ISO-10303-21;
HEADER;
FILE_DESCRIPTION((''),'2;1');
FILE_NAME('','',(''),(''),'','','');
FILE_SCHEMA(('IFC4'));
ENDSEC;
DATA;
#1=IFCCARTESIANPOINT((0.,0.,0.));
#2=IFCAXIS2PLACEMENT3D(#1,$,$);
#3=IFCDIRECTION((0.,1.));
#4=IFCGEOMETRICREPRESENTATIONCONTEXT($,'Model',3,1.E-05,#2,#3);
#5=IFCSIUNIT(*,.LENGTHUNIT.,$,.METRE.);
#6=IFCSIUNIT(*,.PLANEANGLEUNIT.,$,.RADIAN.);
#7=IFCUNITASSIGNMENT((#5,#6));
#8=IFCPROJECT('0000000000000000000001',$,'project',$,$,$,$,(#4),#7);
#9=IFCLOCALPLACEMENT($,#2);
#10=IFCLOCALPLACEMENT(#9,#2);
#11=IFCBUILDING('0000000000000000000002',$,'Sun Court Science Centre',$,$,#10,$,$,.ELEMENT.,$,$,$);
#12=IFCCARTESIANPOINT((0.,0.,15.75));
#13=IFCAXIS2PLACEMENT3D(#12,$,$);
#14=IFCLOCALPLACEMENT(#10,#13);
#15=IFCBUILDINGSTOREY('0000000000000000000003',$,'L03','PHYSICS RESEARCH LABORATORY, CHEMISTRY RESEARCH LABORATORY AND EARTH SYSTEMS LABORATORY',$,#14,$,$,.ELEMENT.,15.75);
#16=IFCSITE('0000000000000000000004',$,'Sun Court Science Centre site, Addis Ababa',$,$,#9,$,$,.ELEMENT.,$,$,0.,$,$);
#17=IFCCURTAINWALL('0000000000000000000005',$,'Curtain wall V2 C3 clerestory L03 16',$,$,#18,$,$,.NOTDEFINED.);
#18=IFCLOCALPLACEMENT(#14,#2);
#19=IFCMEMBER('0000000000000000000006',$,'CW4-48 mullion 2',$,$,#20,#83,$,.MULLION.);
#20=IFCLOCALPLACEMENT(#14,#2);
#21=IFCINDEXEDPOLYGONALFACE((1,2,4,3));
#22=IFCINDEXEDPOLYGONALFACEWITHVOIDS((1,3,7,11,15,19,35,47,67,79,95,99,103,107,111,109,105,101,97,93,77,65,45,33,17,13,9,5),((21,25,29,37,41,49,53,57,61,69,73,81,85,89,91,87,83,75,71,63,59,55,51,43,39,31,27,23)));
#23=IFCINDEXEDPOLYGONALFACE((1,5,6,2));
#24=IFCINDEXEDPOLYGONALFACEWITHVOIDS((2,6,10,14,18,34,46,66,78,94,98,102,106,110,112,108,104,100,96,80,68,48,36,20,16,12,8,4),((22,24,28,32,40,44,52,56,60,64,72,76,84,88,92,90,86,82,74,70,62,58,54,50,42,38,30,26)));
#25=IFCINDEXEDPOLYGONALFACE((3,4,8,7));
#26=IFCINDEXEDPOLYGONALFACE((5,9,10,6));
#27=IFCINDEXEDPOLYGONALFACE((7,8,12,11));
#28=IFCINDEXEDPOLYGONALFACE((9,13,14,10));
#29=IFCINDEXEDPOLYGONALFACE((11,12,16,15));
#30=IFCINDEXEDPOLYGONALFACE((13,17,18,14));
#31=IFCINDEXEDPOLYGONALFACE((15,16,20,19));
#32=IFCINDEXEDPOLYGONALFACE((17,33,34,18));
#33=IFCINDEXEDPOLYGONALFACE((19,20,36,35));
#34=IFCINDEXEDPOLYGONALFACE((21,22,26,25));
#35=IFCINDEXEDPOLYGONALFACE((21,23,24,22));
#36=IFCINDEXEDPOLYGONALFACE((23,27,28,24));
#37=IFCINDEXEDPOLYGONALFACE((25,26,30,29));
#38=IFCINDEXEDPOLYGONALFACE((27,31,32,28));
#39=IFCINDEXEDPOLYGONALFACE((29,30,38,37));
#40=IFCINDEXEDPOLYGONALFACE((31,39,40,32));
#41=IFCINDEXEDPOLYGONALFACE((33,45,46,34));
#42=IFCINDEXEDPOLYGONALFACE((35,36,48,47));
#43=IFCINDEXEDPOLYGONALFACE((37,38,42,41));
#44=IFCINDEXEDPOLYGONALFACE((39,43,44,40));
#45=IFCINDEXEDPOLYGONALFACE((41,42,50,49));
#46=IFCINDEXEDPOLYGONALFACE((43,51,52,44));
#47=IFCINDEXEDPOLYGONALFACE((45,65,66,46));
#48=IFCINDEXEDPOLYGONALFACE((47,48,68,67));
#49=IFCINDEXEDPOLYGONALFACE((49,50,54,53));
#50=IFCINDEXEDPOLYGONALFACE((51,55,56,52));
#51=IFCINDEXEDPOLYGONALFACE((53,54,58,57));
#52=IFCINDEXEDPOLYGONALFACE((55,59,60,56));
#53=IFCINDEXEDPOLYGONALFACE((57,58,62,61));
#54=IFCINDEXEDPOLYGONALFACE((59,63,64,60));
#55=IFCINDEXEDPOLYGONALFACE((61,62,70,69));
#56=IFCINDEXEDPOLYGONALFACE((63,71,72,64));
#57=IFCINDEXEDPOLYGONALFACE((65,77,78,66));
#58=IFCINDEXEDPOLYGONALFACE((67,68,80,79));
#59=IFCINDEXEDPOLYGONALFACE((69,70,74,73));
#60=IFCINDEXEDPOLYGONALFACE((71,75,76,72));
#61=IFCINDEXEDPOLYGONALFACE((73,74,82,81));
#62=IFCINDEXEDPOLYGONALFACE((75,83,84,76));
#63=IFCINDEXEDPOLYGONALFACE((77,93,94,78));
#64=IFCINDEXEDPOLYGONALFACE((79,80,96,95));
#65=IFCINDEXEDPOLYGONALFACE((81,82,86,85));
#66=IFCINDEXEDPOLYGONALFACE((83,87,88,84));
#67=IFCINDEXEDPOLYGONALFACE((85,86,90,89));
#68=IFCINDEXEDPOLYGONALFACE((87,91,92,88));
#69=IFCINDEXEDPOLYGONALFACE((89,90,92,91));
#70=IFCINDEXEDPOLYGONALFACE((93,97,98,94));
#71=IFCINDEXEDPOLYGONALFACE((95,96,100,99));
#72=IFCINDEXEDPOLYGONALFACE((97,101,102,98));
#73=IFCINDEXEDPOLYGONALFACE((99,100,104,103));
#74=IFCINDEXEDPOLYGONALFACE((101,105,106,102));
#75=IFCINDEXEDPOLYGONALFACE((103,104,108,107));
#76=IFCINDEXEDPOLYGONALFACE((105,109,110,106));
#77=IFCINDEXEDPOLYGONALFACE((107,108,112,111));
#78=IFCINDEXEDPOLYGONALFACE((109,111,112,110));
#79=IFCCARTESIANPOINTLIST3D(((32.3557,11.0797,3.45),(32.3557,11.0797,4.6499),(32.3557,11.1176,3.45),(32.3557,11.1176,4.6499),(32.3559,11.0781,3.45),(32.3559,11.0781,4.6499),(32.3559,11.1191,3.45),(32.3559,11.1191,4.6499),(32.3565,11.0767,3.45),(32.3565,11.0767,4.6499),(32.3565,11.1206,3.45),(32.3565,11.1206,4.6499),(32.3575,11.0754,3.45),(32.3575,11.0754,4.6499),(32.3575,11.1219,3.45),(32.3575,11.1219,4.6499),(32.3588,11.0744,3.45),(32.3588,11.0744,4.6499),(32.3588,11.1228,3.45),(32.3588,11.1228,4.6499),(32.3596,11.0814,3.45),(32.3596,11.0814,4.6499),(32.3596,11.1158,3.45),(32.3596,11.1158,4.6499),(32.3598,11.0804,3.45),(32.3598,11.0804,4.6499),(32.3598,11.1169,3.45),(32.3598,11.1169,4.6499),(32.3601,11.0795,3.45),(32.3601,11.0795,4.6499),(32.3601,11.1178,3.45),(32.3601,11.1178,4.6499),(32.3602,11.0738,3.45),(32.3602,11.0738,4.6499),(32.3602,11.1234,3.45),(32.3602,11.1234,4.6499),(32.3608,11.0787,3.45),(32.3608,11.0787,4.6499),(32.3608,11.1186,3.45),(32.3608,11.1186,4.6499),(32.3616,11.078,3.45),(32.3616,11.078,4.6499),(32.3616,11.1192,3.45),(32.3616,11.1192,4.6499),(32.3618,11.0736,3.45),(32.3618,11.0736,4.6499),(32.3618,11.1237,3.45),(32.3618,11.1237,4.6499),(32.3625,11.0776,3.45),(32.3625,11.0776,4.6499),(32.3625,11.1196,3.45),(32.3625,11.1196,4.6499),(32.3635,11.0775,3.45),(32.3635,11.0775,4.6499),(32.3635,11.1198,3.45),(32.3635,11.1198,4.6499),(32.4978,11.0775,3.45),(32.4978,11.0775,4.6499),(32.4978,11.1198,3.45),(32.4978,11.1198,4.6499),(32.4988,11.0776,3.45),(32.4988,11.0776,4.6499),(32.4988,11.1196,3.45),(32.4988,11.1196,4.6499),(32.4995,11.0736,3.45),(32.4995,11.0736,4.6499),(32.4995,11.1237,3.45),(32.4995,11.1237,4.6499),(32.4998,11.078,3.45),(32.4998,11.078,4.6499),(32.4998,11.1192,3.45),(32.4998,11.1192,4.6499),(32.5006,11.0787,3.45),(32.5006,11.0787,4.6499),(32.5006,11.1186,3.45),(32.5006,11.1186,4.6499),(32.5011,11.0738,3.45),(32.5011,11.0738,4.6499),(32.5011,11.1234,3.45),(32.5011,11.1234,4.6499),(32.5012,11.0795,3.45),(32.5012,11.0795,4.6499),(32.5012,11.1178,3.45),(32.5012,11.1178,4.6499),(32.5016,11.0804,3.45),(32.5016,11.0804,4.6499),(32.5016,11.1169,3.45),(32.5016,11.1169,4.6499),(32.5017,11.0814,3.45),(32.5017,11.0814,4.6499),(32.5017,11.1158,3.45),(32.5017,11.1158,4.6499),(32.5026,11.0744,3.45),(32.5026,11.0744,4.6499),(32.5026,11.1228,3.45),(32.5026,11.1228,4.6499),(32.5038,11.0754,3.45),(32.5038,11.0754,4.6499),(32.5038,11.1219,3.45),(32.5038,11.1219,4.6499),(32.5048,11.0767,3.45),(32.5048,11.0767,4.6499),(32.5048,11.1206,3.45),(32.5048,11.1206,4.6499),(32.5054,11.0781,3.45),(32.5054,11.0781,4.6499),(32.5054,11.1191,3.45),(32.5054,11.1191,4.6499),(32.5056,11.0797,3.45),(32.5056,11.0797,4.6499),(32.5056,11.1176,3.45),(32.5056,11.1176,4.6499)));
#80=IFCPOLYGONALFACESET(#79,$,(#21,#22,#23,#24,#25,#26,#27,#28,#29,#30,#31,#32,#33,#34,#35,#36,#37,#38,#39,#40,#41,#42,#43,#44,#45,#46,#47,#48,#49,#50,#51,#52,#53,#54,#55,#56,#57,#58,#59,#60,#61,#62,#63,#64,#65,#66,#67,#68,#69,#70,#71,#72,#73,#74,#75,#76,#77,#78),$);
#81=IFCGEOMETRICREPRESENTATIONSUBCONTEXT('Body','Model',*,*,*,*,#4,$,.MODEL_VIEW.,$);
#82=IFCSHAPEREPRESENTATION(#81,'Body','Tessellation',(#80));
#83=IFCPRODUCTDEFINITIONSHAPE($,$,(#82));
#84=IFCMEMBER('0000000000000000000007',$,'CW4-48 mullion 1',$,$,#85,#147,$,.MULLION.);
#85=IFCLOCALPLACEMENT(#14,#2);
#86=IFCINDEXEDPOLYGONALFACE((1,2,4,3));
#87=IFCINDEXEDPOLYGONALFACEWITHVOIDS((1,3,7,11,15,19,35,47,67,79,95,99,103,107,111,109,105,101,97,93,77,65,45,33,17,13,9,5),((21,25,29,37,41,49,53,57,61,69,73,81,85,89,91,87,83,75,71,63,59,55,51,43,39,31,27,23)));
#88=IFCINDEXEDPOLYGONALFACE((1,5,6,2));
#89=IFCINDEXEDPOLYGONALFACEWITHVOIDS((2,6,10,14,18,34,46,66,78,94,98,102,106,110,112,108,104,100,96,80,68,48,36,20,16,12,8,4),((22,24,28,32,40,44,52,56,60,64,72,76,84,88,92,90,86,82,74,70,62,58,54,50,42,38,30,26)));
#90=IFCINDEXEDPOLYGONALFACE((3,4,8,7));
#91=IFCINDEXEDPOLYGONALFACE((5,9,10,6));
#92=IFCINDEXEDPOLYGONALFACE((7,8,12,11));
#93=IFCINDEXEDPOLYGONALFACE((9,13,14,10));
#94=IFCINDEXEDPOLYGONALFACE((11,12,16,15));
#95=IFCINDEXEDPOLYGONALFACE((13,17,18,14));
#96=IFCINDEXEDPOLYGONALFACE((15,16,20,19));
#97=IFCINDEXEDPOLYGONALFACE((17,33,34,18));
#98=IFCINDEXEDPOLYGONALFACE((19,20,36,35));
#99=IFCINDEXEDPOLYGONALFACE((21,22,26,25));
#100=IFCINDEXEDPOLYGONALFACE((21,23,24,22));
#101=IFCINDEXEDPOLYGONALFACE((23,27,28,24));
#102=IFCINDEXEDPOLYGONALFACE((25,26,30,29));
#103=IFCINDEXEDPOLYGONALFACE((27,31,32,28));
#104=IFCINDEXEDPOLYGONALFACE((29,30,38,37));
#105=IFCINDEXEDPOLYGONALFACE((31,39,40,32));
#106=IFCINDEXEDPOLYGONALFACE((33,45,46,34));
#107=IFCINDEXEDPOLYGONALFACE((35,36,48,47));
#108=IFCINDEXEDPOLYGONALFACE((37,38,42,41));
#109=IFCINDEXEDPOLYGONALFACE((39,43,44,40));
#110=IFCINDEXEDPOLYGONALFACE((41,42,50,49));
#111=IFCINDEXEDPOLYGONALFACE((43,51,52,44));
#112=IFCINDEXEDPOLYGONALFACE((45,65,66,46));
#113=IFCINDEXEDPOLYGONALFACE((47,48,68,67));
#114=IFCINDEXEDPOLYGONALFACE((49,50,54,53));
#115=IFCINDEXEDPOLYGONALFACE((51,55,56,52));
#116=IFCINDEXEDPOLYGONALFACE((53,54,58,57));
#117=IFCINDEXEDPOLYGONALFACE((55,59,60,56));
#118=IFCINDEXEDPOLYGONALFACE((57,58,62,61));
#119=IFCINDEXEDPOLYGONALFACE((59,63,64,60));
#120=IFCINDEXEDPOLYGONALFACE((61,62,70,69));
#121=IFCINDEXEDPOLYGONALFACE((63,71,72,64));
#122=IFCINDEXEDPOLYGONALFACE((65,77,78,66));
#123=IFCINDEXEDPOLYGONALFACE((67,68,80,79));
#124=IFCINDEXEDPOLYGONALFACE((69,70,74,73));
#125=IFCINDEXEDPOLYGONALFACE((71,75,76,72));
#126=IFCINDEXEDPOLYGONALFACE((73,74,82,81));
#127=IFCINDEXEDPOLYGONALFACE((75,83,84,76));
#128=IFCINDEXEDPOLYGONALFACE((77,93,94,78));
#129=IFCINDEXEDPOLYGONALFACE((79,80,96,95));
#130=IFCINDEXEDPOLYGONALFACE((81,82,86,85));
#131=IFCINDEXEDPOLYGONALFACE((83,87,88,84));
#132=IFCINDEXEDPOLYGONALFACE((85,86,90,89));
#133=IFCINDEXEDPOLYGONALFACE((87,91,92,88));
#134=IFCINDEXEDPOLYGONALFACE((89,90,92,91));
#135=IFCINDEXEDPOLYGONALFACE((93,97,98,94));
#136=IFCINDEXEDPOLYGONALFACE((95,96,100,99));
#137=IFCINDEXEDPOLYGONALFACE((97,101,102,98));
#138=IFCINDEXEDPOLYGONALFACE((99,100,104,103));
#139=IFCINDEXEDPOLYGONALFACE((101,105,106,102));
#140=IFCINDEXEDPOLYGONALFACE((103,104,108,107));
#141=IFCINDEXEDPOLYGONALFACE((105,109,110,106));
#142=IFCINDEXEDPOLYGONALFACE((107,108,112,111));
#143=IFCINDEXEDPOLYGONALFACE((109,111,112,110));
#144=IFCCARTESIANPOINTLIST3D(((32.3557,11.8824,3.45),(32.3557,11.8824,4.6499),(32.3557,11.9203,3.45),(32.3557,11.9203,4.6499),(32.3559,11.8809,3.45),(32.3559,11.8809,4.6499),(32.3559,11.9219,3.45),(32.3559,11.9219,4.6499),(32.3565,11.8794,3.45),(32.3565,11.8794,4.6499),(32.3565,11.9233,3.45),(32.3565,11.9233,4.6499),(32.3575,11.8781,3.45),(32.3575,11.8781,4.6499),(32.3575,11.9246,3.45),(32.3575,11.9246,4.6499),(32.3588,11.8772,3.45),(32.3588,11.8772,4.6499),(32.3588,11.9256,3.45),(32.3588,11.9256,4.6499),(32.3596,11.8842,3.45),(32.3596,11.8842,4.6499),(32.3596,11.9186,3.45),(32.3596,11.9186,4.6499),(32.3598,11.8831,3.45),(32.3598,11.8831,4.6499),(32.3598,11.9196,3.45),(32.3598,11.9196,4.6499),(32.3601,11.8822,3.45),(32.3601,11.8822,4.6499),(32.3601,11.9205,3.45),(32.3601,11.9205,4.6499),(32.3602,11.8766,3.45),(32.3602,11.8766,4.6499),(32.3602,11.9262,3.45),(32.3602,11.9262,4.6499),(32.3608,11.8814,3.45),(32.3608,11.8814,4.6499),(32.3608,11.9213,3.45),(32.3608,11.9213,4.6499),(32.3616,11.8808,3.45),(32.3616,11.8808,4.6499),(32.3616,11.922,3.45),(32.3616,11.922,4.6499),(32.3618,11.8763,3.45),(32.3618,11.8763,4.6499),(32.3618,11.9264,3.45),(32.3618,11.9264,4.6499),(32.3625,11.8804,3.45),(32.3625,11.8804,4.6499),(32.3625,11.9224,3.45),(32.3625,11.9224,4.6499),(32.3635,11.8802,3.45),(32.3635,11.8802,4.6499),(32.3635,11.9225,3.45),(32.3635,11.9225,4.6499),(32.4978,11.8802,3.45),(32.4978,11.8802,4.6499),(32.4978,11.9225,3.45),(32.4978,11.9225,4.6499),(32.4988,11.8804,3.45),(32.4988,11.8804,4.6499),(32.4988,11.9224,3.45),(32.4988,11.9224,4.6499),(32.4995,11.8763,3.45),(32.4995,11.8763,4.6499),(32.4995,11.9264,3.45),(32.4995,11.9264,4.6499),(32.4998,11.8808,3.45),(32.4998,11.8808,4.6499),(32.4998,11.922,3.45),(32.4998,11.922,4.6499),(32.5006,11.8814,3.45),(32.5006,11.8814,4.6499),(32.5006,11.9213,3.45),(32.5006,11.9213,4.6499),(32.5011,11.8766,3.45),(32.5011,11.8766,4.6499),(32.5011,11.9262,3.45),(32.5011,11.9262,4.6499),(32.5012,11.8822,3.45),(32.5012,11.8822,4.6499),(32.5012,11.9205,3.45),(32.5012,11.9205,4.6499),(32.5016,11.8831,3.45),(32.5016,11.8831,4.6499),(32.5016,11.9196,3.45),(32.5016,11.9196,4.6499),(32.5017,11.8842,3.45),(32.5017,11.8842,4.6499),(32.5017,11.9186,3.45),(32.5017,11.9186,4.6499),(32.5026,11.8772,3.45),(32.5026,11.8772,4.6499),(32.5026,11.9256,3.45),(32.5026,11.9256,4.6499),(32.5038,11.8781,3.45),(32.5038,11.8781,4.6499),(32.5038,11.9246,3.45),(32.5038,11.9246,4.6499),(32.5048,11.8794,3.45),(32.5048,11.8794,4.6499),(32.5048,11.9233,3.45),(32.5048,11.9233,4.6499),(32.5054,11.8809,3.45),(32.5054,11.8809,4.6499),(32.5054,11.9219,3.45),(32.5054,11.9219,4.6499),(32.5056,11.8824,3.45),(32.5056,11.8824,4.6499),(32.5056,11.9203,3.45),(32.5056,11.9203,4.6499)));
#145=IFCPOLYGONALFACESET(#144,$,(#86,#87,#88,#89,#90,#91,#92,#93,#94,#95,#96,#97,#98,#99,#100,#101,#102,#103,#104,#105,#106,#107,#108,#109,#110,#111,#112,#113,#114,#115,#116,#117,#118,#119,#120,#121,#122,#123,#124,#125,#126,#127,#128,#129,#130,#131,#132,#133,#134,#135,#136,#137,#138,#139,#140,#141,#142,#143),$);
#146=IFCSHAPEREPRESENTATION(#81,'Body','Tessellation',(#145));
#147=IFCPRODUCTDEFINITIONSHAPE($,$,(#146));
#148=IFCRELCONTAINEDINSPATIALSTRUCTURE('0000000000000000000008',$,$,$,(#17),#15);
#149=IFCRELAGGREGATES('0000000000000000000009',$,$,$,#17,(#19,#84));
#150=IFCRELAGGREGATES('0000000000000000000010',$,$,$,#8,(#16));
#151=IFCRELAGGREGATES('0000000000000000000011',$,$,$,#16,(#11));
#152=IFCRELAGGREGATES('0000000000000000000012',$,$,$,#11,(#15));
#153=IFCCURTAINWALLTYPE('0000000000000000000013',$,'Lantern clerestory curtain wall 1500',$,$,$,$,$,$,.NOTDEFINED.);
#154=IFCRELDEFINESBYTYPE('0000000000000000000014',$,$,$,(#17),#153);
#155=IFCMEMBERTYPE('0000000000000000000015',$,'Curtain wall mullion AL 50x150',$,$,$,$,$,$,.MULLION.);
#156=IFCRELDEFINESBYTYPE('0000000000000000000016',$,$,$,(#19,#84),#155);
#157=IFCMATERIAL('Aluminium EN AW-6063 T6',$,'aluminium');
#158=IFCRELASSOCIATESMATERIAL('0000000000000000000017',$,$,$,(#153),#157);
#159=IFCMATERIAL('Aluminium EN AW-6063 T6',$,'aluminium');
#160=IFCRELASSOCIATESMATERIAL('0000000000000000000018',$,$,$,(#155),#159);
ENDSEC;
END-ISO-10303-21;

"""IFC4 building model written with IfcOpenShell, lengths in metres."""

from ifc_helpers import new_model, si_unit, direction, frame, origin, origin_2d, place, context, subcontext, project, spatial, hollow_rectangle, extrude, material, material_profile, profile_set, type_object, element, aggregate, save


model = new_model("IFC4")

# Units and contexts
model_context = context("Model", 3, precision=1e-05, world=origin(), true_north=direction((0.0, 1.0)))
body_context = subcontext(model_context, "Body", "Model", "MODEL_VIEW")
ifc_project = project(units=[si_unit("LENGTHUNIT", "METRE"), si_unit("PLANEANGLEUNIT", "RADIAN")], contexts=[model_context])

# Site, building, storey
site_placement = place(None, origin())
site = spatial("IfcSite", under=ifc_project, at=site_placement, Name="Sun Court Science Centre site, Addis Ababa", CompositionType="ELEMENT", RefElevation=0.0)
building_placement = place(site_placement, origin())
building = spatial("IfcBuilding", under=site, at=building_placement, Name="Sun Court Science Centre", CompositionType="ELEMENT")
storey_placement = place(building_placement, frame((0.0, 0.0, 15.75)))
storey = spatial("IfcBuildingStorey", under=building, at=storey_placement, Name="L03", Description="PHYSICS RESEARCH LABORATORY, CHEMISTRY RESEARCH LABORATORY AND EARTH SYSTEMS LABORATORY", CompositionType="ELEMENT", Elevation=15.75)

# Shared definitions
ifc_material_1 = material(Name="Aluminium EN AW-6063 T6", Category="aluminium")
curtain_wall_type = type_object("IfcCurtainWallType", Name="Lantern clerestory curtain wall 1500", PredefinedType="NOTDEFINED", material=ifc_material_1)
ifc_material_2 = material(Name="Aluminium EN AW-6063 T6", Category="aluminium")
ifc_material_profile_1 = material_profile(ifc_material_2, hollow_rectangle(XDim=0.05, YDim=0.1499, WallThickness=0.0039, InnerFilletRadius=0.0039, OuterFilletRadius=0.0061, at=origin_2d()), Name="AL 50x150x4")
ifc_profile_set_1 = profile_set([ifc_material_profile_1], Name="Aluminium EN AW-6063 T6")
member_type_1 = type_object("IfcMemberType", Name="Curtain wall mullion AL 50x150", PredefinedType="MULLION", material=ifc_profile_set_1)

# Curtain wall, members
curtain_wall_1_placement = place(storey_placement, origin())
curtain_wall_1 = element("IfcCurtainWall", 1, at=curtain_wall_1_placement, inside=storey, type_object=curtain_wall_type, Name="Curtain wall V2 C3 clerestory L03 16", PredefinedType="NOTDEFINED")
member_1_placement = place(storey_placement, frame((32.4307, 11.0986, 3.45), z_axis=(0.0, 0.0, 1.0), x_axis=(0.0, -1.0, 0.0)))
member_1 = element("IfcMember", 2, at=member_1_placement, type_object=member_type_1, Name="CW4-48 mullion 2", PredefinedType="MULLION", context=body_context, shape_type="SweptSolid", body=[
    extrude(hollow_rectangle(XDim=0.05, YDim=0.1499, WallThickness=0.0039, InnerFilletRadius=0.0039, OuterFilletRadius=0.0061, at=origin_2d()), origin(), (0.0, 0.0, 1.0), 1.2),
])
member_2_placement = place(storey_placement, frame((32.4307, 11.9014, 3.45), z_axis=(0.0, 0.0, 1.0), x_axis=(0.0, -1.0, 0.0)))
member_2 = element("IfcMember", 3, at=member_2_placement, type_object=member_type_1, Name="CW4-48 mullion 1", PredefinedType="MULLION", context=body_context, shape_type="SweptSolid", body=[
    extrude(hollow_rectangle(XDim=0.05, YDim=0.1499, WallThickness=0.0039, InnerFilletRadius=0.0039, OuterFilletRadius=0.0061, at=origin_2d()), origin(), (0.0, 0.0, 1.0), 1.2),
])

aggregate(curtain_wall_1, [member_1, member_2])

save(model, "model.ifc")
